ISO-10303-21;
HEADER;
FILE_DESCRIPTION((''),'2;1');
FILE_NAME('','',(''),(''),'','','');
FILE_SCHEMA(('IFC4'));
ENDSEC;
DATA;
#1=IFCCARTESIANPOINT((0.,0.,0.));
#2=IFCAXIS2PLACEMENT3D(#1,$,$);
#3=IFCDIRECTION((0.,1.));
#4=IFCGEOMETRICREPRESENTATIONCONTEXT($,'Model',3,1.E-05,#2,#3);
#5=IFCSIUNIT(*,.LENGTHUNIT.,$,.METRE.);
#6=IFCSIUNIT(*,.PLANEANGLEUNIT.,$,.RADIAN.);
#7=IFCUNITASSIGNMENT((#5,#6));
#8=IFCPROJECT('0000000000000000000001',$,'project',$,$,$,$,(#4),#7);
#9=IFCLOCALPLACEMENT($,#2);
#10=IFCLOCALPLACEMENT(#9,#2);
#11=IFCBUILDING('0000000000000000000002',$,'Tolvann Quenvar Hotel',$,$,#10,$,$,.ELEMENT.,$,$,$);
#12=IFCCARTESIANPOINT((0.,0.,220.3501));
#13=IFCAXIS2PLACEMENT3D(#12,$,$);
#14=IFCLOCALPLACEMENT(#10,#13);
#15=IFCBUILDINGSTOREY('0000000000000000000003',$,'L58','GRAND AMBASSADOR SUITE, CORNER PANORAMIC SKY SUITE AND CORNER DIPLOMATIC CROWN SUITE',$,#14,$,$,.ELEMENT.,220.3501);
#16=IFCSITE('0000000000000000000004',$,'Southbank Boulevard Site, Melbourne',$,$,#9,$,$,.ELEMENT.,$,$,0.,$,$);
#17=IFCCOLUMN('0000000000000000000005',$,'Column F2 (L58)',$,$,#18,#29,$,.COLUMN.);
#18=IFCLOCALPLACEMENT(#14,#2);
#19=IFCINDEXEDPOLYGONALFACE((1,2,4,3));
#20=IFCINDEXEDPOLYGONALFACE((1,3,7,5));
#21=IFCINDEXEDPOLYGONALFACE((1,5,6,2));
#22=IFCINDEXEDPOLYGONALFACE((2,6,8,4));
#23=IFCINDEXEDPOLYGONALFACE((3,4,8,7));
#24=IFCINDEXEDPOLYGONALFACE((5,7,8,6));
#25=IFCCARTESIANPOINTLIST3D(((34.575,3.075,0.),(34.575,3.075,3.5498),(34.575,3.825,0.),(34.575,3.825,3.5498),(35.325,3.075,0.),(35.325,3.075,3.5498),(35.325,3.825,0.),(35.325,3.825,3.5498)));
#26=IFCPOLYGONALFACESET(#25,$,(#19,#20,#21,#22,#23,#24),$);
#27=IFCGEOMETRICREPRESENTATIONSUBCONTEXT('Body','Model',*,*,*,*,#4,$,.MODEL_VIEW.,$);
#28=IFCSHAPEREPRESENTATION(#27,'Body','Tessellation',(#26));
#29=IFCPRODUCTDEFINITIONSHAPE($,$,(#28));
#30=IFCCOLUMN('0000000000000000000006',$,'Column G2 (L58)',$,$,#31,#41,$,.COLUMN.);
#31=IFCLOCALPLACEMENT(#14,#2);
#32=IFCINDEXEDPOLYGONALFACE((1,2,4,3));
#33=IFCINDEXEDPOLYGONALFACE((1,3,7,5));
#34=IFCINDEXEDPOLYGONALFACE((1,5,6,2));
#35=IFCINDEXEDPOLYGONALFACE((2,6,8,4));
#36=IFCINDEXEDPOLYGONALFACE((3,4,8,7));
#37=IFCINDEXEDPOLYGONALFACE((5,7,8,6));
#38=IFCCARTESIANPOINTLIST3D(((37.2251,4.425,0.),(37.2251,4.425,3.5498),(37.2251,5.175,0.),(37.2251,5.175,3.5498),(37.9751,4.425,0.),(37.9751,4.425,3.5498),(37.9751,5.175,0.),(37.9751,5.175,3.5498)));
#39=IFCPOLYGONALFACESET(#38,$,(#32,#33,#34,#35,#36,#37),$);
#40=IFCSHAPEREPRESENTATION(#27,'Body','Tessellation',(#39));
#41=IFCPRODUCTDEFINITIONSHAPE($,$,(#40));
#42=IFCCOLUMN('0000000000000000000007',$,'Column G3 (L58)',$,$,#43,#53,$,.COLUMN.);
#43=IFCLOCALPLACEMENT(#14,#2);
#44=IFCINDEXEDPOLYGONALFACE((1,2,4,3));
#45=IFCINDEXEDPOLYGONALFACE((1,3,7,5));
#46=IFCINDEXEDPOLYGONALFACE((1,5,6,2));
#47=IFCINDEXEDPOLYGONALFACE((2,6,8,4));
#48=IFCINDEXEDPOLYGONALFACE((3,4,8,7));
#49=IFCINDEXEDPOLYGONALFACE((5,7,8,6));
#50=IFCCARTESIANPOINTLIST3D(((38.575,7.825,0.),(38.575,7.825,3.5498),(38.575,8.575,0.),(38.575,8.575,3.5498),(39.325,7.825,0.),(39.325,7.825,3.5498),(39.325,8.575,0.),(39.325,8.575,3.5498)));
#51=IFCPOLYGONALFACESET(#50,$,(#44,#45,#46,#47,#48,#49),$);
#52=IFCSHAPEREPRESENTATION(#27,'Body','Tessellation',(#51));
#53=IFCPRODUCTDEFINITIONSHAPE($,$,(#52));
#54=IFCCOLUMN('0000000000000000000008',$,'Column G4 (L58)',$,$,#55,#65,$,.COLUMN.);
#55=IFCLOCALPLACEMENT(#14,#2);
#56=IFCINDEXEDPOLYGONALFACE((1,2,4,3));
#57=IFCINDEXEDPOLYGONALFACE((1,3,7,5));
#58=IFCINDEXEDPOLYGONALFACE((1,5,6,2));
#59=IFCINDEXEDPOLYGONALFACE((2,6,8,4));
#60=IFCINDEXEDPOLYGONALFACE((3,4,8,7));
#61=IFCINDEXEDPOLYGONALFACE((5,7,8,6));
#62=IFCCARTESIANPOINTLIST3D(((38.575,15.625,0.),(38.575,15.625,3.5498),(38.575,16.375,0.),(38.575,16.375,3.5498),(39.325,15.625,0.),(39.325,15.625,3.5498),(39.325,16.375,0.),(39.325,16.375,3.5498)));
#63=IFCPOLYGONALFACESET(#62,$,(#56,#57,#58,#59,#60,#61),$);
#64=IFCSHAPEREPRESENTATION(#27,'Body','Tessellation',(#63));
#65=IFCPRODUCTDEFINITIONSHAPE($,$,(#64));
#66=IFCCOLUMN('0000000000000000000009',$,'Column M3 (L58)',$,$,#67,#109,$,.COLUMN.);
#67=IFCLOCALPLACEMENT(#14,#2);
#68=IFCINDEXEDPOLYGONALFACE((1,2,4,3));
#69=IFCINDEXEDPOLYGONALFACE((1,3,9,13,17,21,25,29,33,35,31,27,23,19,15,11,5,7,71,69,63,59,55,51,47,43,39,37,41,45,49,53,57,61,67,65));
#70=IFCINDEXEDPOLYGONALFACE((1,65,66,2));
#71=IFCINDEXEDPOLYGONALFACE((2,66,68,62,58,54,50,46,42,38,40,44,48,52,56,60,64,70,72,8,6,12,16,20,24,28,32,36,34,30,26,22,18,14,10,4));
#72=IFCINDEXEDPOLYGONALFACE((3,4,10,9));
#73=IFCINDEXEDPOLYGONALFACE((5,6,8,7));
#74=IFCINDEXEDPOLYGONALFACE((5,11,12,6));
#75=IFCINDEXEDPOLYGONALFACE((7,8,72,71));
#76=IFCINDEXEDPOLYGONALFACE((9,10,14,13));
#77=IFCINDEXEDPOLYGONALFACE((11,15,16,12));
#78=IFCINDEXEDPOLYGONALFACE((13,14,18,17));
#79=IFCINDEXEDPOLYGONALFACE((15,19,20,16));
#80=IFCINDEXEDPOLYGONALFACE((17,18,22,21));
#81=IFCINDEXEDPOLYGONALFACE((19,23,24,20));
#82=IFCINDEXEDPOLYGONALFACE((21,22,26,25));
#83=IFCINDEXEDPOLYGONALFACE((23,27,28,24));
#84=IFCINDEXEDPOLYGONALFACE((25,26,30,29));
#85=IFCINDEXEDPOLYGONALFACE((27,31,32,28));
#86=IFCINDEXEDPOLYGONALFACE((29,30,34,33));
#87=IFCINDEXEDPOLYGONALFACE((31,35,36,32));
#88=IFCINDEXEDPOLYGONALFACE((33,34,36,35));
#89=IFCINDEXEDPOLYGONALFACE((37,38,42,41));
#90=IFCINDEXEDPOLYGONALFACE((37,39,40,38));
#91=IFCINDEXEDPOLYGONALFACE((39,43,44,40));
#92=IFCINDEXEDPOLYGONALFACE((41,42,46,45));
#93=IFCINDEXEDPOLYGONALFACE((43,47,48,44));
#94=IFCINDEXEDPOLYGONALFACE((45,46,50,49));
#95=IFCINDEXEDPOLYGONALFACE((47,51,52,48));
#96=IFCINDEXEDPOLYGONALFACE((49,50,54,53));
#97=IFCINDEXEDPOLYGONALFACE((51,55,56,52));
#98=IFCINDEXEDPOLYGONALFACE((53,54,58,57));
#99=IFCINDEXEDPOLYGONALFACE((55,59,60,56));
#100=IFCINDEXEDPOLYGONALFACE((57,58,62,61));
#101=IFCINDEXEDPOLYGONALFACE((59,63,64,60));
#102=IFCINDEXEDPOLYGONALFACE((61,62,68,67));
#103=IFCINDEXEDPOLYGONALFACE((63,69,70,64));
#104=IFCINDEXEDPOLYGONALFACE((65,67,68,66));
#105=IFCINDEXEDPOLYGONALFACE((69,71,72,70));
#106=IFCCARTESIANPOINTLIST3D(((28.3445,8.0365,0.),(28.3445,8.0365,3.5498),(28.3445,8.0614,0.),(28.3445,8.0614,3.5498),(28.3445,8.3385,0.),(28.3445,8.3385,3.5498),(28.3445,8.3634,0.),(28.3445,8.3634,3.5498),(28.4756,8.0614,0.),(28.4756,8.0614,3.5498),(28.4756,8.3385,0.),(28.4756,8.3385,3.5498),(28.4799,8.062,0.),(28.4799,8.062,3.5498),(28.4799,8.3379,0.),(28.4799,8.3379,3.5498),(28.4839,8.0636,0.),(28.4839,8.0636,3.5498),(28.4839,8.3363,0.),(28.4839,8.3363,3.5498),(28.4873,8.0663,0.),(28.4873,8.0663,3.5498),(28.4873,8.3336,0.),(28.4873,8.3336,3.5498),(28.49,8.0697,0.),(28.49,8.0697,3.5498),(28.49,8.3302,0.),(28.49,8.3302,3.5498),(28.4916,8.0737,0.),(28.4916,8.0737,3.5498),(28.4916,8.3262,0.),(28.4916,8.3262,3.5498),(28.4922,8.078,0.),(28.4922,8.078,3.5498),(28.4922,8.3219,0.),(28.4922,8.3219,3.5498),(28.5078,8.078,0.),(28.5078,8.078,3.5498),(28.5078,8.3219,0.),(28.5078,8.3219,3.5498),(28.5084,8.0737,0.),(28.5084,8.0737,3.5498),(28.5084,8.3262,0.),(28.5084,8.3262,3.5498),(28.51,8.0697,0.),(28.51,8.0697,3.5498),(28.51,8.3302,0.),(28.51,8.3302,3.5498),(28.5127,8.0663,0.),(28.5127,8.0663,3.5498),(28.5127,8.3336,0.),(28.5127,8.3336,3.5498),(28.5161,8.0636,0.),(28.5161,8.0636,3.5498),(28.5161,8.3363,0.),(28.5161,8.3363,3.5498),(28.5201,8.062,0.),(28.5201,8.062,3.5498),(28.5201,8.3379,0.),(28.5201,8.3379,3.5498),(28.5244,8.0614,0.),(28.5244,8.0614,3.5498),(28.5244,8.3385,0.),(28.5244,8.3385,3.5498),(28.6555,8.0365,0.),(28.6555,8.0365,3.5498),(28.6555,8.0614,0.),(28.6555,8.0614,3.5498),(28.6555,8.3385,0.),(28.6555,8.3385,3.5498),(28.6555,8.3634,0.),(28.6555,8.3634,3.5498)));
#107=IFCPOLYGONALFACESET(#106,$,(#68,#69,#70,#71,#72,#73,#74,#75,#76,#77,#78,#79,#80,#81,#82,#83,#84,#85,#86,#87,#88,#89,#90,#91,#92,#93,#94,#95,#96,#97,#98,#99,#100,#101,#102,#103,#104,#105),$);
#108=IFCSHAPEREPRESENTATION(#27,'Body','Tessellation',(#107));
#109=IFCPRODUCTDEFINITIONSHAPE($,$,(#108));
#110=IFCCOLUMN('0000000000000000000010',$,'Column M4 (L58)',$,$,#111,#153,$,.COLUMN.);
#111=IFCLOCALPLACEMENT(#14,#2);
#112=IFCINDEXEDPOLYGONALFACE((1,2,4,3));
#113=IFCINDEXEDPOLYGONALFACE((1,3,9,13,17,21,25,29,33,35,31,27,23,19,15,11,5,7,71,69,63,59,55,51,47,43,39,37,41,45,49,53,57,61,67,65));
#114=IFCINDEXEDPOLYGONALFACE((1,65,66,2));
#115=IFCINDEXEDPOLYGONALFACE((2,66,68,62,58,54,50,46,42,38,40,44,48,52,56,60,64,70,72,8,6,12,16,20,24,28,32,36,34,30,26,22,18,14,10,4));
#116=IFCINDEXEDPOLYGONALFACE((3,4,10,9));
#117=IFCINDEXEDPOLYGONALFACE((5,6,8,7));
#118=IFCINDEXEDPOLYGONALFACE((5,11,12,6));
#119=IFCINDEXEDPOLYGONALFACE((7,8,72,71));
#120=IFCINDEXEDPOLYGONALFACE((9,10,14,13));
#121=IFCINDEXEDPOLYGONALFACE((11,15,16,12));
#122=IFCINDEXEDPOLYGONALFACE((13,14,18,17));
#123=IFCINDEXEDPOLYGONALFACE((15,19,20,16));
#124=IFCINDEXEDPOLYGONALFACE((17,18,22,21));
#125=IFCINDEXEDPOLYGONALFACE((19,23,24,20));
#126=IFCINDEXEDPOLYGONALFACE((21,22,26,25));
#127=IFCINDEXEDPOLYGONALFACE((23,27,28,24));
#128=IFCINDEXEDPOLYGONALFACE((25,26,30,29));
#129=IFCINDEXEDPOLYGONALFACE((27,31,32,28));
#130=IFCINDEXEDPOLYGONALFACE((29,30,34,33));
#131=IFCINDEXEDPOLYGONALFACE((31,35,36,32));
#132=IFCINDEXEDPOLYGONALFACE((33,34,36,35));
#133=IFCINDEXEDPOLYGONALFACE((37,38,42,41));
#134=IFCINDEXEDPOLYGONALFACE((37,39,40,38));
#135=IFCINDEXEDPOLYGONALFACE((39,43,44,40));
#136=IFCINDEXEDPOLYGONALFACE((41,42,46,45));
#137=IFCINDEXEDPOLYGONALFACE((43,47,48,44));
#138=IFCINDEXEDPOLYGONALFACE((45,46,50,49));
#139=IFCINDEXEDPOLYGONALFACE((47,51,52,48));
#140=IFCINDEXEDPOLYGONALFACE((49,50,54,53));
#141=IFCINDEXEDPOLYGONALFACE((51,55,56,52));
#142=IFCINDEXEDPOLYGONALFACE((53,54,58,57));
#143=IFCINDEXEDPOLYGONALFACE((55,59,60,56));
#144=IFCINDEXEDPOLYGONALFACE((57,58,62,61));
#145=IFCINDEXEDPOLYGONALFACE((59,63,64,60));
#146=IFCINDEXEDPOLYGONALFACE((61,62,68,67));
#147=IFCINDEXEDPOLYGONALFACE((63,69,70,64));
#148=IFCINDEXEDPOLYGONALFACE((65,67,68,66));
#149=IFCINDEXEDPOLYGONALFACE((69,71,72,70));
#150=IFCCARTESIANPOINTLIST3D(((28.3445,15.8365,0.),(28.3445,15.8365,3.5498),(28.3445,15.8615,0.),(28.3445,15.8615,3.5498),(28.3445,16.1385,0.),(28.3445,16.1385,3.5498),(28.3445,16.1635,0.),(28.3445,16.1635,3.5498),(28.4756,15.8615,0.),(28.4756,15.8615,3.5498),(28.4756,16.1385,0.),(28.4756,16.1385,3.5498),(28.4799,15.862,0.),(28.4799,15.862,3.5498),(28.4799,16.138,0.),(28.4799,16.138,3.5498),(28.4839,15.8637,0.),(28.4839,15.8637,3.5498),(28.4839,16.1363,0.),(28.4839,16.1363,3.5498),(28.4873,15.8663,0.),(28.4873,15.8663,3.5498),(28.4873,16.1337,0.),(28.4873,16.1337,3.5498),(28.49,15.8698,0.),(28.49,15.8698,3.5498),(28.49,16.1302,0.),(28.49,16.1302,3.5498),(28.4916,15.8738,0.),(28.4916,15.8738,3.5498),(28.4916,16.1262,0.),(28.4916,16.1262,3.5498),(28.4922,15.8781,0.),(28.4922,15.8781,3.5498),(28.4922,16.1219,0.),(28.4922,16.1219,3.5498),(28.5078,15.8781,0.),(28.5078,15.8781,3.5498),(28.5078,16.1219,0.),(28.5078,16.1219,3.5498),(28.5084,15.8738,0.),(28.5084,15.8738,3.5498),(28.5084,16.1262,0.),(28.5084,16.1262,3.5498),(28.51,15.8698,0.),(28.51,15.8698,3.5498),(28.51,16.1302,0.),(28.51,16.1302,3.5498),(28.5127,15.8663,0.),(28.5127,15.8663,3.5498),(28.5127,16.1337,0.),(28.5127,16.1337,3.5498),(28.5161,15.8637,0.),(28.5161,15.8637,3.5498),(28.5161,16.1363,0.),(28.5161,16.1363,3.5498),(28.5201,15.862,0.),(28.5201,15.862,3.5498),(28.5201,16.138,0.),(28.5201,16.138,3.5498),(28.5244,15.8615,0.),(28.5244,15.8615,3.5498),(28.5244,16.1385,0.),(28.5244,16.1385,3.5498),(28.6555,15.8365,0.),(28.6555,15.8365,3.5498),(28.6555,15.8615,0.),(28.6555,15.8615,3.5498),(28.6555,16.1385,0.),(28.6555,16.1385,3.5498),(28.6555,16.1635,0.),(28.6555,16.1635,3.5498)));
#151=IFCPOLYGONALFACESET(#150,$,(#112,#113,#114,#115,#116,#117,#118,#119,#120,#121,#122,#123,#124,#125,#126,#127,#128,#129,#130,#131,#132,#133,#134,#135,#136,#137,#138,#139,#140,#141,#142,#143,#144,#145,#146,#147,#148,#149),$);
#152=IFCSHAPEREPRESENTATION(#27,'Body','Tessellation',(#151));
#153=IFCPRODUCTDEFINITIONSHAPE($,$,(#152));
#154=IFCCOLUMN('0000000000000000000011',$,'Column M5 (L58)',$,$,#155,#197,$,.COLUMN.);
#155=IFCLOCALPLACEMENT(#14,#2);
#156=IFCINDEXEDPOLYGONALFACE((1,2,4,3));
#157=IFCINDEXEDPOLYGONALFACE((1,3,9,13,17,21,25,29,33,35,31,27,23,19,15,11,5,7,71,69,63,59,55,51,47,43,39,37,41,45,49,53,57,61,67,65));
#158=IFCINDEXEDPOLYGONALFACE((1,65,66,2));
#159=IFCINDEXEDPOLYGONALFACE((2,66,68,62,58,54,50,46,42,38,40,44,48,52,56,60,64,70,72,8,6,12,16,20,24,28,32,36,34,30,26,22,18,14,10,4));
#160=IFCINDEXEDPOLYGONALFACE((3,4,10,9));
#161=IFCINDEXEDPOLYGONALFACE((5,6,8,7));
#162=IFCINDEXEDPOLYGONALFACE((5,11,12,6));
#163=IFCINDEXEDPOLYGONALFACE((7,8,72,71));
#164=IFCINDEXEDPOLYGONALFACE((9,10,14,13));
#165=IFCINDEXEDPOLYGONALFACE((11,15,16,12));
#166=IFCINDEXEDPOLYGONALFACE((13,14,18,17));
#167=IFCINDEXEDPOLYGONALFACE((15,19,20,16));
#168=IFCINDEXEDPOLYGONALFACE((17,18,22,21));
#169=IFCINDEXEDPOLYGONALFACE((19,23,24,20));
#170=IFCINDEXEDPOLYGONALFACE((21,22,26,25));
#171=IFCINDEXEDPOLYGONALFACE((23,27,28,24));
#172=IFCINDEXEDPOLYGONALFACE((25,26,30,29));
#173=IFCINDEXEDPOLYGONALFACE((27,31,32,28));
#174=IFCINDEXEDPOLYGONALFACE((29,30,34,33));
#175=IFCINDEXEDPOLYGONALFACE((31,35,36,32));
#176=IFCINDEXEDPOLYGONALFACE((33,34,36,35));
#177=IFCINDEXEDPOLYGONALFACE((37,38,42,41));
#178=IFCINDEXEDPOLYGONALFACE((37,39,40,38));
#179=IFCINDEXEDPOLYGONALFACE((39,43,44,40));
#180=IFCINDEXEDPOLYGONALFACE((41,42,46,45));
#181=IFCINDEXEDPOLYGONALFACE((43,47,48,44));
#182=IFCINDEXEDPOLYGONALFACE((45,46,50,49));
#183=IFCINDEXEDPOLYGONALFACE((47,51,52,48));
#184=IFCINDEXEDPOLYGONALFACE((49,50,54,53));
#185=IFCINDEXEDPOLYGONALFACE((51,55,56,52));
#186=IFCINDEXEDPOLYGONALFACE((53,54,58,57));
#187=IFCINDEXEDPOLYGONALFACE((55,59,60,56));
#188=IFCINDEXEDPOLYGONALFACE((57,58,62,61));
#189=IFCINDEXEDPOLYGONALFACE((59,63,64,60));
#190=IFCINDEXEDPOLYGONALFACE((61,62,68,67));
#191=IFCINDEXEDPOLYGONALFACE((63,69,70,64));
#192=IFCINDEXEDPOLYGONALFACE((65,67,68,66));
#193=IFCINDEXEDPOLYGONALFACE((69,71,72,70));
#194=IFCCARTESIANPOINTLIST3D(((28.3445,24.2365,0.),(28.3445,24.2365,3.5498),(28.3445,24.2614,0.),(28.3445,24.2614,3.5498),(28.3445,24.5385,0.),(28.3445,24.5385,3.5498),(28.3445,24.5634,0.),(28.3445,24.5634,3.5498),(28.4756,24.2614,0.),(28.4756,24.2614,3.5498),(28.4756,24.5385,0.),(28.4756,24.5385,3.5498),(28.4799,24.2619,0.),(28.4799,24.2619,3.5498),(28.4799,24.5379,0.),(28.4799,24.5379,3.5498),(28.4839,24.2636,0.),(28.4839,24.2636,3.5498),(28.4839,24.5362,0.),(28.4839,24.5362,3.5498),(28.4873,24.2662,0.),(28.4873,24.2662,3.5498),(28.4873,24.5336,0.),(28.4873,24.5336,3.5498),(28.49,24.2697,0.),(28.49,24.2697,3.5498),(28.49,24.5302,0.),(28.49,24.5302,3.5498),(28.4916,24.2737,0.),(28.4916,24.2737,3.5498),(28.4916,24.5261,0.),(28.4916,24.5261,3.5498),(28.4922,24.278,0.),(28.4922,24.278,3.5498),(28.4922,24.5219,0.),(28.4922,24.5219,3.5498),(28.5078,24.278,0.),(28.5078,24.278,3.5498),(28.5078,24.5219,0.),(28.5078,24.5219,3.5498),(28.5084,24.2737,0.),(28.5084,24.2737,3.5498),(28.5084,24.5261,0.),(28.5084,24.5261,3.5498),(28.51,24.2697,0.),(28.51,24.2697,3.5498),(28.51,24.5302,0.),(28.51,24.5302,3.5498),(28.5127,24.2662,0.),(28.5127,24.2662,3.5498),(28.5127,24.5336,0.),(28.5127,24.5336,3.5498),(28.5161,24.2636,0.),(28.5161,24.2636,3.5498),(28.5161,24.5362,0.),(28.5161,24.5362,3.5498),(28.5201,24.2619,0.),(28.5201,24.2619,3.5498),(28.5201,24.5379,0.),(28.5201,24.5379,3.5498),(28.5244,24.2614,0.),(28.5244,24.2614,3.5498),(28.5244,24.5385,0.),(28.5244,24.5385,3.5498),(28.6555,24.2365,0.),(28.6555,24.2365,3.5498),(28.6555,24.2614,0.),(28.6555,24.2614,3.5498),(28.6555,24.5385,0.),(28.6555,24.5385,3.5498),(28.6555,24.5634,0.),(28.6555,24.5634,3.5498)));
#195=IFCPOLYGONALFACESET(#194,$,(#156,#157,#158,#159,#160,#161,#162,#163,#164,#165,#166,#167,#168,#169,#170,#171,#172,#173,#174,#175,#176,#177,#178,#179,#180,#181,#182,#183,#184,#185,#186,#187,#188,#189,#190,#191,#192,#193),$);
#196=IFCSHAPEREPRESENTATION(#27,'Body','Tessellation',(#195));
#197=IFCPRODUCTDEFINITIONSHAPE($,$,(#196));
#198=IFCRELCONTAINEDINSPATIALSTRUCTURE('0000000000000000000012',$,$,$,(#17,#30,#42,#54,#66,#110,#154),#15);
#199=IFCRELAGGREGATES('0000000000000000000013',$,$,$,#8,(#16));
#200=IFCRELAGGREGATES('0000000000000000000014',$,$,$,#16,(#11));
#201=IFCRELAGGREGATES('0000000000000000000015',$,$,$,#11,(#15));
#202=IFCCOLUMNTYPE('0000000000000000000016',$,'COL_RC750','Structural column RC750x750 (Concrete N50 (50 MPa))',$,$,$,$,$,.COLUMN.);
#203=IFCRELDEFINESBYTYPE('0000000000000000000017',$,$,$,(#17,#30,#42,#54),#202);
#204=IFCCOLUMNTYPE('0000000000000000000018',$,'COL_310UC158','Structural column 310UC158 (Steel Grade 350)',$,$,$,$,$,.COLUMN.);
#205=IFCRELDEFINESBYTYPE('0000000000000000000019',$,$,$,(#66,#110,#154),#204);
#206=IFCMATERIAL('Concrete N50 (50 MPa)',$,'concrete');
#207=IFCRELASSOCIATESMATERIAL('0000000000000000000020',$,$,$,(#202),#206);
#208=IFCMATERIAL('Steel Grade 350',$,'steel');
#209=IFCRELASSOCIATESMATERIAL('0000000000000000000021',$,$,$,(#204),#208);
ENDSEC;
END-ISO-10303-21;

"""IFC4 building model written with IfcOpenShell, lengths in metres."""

from ifc_helpers import new_model, si_unit, direction, frame, origin, origin_2d, place, context, subcontext, project, spatial, rectangle, i_section, extrude, source, transform, mapped, material, material_profile, profile_set, type_object, type_shapes, element, save


model = new_model("IFC4")

# Units and contexts
model_context = context("Model", 3, precision=1e-05, world=origin(), true_north=direction((0.0, 1.0)))
body_context = subcontext(model_context, "Body", "Model", "MODEL_VIEW")
ifc_project = project(units=[si_unit("LENGTHUNIT", "METRE"), si_unit("PLANEANGLEUNIT", "RADIAN")], contexts=[model_context])

# Site, building, storey
site_placement = place(None, origin())
site = spatial("IfcSite", under=ifc_project, at=site_placement, Name="Southbank Boulevard Site, Melbourne", CompositionType="ELEMENT", RefElevation=0.0)
building_placement = place(site_placement, origin())
building = spatial("IfcBuilding", under=site, at=building_placement, Name="Tolvann Quenvar Hotel", CompositionType="ELEMENT")
storey_placement = place(building_placement, frame((0.0, 0.0, 220.3501)))
storey = spatial("IfcBuildingStorey", under=building, at=storey_placement, Name="L58", Description="GRAND AMBASSADOR SUITE, CORNER PANORAMIC SKY SUITE AND CORNER DIPLOMATIC CROWN SUITE", CompositionType="ELEMENT", Elevation=220.3501)

# Columns
ifc_material_1 = material(Name="Concrete N50 (50 MPa)", Category="concrete")
ifc_material_profile_1 = material_profile(ifc_material_1, rectangle(XDim=0.75, YDim=0.75, at=origin_2d()), Name="RC750x750")
ifc_profile_set_1 = profile_set([ifc_material_profile_1], Name="Concrete N50 (50 MPa)")
column_type_1 = type_object("IfcColumnType", Name="COL_RC750", Description="Structural column RC750x750 (Concrete N50 (50 MPa))", PredefinedType="COLUMN", material=ifc_profile_set_1)
shared_shape_1 = source(origin(), body_context, "Body", "SweptSolid", [
    extrude(rectangle(XDim=0.75, YDim=0.75, at=origin_2d()), origin(), (0.0, 0.0, 1.0), 3.5498),
])
type_shapes(column_type_1, [shared_shape_1])
for number, where, z_axis, x_axis, name in (
    (1, (34.95, 3.45, 0.0), (0.0, 0.0, 1.0), (1.0, 0.0, 0.0), "Column F2 (L58)"),
    (2, (37.6001, 4.8, 0.0), (0.0, 0.0, 1.0), (1.0, 0.0, 0.0), "Column G2 (L58)"),
    (3, (38.95, 8.2, 0.0), (0.0, 0.0, 1.0), (1.0, 0.0, 0.0), "Column G3 (L58)"),
    (4, (38.95, 16.0, 0.0), (0.0, 0.0, 1.0), (1.0, 0.0, 0.0), "Column G4 (L58)"),
):
    element("IfcColumn", number, at=place(storey_placement, frame(where, z_axis=z_axis, x_axis=x_axis)), inside=storey, type_object=column_type_1, Name=name, PredefinedType="COLUMN", context=body_context, shape_type="MappedRepresentation", body=[
        mapped(shared_shape_1, transform((0.0, 0.0, 0.0), x_axis=(1.0, 0.0, 0.0), y_axis=(0.0, 1.0, 0.0), z_axis=(0.0, 0.0, 1.0), scale=1.0)),
    ])
ifc_material_2 = material(Name="Steel Grade 350", Category="steel")
ifc_material_profile_2 = material_profile(ifc_material_2, i_section(OverallWidth=0.311, OverallDepth=0.3269, WebThickness=0.0156, FlangeThickness=0.0249, FilletRadius=0.0166, at=origin_2d()), Name="310UC158")
ifc_profile_set_2 = profile_set([ifc_material_profile_2], Name="Steel Grade 350")
column_type_2 = type_object("IfcColumnType", Name="COL_310UC158", Description="Structural column 310UC158 (Steel Grade 350)", PredefinedType="COLUMN", material=ifc_profile_set_2)
shared_shape_2 = source(origin(), body_context, "Body", "SweptSolid", [
    extrude(i_section(OverallWidth=0.311, OverallDepth=0.3269, WebThickness=0.0156, FlangeThickness=0.0249, FilletRadius=0.0166, at=origin_2d()), origin(), (0.0, 0.0, 1.0), 3.5498),
])
type_shapes(column_type_2, [shared_shape_2])
for number, where, z_axis, x_axis, name in (
    (5, (28.5, 8.2, 0.0), (0.0, 0.0, 1.0), (1.0, 0.0, 0.0), "Column M3 (L58)"),
    (6, (28.5, 16.0, 0.0), (0.0, 0.0, 1.0), (1.0, 0.0, 0.0), "Column M4 (L58)"),
    (7, (28.5, 24.3999, 0.0), (0.0, 0.0, 1.0), (1.0, 0.0, 0.0), "Column M5 (L58)"),
):
    element("IfcColumn", number, at=place(storey_placement, frame(where, z_axis=z_axis, x_axis=x_axis)), inside=storey, type_object=column_type_2, Name=name, PredefinedType="COLUMN", context=body_context, shape_type="MappedRepresentation", body=[
        mapped(shared_shape_2, transform((0.0, 0.0, 0.0), x_axis=(1.0, 0.0, 0.0), y_axis=(0.0, 1.0, 0.0), z_axis=(0.0, 0.0, 1.0), scale=1.0)),
    ])

save(model, "model.ifc")
